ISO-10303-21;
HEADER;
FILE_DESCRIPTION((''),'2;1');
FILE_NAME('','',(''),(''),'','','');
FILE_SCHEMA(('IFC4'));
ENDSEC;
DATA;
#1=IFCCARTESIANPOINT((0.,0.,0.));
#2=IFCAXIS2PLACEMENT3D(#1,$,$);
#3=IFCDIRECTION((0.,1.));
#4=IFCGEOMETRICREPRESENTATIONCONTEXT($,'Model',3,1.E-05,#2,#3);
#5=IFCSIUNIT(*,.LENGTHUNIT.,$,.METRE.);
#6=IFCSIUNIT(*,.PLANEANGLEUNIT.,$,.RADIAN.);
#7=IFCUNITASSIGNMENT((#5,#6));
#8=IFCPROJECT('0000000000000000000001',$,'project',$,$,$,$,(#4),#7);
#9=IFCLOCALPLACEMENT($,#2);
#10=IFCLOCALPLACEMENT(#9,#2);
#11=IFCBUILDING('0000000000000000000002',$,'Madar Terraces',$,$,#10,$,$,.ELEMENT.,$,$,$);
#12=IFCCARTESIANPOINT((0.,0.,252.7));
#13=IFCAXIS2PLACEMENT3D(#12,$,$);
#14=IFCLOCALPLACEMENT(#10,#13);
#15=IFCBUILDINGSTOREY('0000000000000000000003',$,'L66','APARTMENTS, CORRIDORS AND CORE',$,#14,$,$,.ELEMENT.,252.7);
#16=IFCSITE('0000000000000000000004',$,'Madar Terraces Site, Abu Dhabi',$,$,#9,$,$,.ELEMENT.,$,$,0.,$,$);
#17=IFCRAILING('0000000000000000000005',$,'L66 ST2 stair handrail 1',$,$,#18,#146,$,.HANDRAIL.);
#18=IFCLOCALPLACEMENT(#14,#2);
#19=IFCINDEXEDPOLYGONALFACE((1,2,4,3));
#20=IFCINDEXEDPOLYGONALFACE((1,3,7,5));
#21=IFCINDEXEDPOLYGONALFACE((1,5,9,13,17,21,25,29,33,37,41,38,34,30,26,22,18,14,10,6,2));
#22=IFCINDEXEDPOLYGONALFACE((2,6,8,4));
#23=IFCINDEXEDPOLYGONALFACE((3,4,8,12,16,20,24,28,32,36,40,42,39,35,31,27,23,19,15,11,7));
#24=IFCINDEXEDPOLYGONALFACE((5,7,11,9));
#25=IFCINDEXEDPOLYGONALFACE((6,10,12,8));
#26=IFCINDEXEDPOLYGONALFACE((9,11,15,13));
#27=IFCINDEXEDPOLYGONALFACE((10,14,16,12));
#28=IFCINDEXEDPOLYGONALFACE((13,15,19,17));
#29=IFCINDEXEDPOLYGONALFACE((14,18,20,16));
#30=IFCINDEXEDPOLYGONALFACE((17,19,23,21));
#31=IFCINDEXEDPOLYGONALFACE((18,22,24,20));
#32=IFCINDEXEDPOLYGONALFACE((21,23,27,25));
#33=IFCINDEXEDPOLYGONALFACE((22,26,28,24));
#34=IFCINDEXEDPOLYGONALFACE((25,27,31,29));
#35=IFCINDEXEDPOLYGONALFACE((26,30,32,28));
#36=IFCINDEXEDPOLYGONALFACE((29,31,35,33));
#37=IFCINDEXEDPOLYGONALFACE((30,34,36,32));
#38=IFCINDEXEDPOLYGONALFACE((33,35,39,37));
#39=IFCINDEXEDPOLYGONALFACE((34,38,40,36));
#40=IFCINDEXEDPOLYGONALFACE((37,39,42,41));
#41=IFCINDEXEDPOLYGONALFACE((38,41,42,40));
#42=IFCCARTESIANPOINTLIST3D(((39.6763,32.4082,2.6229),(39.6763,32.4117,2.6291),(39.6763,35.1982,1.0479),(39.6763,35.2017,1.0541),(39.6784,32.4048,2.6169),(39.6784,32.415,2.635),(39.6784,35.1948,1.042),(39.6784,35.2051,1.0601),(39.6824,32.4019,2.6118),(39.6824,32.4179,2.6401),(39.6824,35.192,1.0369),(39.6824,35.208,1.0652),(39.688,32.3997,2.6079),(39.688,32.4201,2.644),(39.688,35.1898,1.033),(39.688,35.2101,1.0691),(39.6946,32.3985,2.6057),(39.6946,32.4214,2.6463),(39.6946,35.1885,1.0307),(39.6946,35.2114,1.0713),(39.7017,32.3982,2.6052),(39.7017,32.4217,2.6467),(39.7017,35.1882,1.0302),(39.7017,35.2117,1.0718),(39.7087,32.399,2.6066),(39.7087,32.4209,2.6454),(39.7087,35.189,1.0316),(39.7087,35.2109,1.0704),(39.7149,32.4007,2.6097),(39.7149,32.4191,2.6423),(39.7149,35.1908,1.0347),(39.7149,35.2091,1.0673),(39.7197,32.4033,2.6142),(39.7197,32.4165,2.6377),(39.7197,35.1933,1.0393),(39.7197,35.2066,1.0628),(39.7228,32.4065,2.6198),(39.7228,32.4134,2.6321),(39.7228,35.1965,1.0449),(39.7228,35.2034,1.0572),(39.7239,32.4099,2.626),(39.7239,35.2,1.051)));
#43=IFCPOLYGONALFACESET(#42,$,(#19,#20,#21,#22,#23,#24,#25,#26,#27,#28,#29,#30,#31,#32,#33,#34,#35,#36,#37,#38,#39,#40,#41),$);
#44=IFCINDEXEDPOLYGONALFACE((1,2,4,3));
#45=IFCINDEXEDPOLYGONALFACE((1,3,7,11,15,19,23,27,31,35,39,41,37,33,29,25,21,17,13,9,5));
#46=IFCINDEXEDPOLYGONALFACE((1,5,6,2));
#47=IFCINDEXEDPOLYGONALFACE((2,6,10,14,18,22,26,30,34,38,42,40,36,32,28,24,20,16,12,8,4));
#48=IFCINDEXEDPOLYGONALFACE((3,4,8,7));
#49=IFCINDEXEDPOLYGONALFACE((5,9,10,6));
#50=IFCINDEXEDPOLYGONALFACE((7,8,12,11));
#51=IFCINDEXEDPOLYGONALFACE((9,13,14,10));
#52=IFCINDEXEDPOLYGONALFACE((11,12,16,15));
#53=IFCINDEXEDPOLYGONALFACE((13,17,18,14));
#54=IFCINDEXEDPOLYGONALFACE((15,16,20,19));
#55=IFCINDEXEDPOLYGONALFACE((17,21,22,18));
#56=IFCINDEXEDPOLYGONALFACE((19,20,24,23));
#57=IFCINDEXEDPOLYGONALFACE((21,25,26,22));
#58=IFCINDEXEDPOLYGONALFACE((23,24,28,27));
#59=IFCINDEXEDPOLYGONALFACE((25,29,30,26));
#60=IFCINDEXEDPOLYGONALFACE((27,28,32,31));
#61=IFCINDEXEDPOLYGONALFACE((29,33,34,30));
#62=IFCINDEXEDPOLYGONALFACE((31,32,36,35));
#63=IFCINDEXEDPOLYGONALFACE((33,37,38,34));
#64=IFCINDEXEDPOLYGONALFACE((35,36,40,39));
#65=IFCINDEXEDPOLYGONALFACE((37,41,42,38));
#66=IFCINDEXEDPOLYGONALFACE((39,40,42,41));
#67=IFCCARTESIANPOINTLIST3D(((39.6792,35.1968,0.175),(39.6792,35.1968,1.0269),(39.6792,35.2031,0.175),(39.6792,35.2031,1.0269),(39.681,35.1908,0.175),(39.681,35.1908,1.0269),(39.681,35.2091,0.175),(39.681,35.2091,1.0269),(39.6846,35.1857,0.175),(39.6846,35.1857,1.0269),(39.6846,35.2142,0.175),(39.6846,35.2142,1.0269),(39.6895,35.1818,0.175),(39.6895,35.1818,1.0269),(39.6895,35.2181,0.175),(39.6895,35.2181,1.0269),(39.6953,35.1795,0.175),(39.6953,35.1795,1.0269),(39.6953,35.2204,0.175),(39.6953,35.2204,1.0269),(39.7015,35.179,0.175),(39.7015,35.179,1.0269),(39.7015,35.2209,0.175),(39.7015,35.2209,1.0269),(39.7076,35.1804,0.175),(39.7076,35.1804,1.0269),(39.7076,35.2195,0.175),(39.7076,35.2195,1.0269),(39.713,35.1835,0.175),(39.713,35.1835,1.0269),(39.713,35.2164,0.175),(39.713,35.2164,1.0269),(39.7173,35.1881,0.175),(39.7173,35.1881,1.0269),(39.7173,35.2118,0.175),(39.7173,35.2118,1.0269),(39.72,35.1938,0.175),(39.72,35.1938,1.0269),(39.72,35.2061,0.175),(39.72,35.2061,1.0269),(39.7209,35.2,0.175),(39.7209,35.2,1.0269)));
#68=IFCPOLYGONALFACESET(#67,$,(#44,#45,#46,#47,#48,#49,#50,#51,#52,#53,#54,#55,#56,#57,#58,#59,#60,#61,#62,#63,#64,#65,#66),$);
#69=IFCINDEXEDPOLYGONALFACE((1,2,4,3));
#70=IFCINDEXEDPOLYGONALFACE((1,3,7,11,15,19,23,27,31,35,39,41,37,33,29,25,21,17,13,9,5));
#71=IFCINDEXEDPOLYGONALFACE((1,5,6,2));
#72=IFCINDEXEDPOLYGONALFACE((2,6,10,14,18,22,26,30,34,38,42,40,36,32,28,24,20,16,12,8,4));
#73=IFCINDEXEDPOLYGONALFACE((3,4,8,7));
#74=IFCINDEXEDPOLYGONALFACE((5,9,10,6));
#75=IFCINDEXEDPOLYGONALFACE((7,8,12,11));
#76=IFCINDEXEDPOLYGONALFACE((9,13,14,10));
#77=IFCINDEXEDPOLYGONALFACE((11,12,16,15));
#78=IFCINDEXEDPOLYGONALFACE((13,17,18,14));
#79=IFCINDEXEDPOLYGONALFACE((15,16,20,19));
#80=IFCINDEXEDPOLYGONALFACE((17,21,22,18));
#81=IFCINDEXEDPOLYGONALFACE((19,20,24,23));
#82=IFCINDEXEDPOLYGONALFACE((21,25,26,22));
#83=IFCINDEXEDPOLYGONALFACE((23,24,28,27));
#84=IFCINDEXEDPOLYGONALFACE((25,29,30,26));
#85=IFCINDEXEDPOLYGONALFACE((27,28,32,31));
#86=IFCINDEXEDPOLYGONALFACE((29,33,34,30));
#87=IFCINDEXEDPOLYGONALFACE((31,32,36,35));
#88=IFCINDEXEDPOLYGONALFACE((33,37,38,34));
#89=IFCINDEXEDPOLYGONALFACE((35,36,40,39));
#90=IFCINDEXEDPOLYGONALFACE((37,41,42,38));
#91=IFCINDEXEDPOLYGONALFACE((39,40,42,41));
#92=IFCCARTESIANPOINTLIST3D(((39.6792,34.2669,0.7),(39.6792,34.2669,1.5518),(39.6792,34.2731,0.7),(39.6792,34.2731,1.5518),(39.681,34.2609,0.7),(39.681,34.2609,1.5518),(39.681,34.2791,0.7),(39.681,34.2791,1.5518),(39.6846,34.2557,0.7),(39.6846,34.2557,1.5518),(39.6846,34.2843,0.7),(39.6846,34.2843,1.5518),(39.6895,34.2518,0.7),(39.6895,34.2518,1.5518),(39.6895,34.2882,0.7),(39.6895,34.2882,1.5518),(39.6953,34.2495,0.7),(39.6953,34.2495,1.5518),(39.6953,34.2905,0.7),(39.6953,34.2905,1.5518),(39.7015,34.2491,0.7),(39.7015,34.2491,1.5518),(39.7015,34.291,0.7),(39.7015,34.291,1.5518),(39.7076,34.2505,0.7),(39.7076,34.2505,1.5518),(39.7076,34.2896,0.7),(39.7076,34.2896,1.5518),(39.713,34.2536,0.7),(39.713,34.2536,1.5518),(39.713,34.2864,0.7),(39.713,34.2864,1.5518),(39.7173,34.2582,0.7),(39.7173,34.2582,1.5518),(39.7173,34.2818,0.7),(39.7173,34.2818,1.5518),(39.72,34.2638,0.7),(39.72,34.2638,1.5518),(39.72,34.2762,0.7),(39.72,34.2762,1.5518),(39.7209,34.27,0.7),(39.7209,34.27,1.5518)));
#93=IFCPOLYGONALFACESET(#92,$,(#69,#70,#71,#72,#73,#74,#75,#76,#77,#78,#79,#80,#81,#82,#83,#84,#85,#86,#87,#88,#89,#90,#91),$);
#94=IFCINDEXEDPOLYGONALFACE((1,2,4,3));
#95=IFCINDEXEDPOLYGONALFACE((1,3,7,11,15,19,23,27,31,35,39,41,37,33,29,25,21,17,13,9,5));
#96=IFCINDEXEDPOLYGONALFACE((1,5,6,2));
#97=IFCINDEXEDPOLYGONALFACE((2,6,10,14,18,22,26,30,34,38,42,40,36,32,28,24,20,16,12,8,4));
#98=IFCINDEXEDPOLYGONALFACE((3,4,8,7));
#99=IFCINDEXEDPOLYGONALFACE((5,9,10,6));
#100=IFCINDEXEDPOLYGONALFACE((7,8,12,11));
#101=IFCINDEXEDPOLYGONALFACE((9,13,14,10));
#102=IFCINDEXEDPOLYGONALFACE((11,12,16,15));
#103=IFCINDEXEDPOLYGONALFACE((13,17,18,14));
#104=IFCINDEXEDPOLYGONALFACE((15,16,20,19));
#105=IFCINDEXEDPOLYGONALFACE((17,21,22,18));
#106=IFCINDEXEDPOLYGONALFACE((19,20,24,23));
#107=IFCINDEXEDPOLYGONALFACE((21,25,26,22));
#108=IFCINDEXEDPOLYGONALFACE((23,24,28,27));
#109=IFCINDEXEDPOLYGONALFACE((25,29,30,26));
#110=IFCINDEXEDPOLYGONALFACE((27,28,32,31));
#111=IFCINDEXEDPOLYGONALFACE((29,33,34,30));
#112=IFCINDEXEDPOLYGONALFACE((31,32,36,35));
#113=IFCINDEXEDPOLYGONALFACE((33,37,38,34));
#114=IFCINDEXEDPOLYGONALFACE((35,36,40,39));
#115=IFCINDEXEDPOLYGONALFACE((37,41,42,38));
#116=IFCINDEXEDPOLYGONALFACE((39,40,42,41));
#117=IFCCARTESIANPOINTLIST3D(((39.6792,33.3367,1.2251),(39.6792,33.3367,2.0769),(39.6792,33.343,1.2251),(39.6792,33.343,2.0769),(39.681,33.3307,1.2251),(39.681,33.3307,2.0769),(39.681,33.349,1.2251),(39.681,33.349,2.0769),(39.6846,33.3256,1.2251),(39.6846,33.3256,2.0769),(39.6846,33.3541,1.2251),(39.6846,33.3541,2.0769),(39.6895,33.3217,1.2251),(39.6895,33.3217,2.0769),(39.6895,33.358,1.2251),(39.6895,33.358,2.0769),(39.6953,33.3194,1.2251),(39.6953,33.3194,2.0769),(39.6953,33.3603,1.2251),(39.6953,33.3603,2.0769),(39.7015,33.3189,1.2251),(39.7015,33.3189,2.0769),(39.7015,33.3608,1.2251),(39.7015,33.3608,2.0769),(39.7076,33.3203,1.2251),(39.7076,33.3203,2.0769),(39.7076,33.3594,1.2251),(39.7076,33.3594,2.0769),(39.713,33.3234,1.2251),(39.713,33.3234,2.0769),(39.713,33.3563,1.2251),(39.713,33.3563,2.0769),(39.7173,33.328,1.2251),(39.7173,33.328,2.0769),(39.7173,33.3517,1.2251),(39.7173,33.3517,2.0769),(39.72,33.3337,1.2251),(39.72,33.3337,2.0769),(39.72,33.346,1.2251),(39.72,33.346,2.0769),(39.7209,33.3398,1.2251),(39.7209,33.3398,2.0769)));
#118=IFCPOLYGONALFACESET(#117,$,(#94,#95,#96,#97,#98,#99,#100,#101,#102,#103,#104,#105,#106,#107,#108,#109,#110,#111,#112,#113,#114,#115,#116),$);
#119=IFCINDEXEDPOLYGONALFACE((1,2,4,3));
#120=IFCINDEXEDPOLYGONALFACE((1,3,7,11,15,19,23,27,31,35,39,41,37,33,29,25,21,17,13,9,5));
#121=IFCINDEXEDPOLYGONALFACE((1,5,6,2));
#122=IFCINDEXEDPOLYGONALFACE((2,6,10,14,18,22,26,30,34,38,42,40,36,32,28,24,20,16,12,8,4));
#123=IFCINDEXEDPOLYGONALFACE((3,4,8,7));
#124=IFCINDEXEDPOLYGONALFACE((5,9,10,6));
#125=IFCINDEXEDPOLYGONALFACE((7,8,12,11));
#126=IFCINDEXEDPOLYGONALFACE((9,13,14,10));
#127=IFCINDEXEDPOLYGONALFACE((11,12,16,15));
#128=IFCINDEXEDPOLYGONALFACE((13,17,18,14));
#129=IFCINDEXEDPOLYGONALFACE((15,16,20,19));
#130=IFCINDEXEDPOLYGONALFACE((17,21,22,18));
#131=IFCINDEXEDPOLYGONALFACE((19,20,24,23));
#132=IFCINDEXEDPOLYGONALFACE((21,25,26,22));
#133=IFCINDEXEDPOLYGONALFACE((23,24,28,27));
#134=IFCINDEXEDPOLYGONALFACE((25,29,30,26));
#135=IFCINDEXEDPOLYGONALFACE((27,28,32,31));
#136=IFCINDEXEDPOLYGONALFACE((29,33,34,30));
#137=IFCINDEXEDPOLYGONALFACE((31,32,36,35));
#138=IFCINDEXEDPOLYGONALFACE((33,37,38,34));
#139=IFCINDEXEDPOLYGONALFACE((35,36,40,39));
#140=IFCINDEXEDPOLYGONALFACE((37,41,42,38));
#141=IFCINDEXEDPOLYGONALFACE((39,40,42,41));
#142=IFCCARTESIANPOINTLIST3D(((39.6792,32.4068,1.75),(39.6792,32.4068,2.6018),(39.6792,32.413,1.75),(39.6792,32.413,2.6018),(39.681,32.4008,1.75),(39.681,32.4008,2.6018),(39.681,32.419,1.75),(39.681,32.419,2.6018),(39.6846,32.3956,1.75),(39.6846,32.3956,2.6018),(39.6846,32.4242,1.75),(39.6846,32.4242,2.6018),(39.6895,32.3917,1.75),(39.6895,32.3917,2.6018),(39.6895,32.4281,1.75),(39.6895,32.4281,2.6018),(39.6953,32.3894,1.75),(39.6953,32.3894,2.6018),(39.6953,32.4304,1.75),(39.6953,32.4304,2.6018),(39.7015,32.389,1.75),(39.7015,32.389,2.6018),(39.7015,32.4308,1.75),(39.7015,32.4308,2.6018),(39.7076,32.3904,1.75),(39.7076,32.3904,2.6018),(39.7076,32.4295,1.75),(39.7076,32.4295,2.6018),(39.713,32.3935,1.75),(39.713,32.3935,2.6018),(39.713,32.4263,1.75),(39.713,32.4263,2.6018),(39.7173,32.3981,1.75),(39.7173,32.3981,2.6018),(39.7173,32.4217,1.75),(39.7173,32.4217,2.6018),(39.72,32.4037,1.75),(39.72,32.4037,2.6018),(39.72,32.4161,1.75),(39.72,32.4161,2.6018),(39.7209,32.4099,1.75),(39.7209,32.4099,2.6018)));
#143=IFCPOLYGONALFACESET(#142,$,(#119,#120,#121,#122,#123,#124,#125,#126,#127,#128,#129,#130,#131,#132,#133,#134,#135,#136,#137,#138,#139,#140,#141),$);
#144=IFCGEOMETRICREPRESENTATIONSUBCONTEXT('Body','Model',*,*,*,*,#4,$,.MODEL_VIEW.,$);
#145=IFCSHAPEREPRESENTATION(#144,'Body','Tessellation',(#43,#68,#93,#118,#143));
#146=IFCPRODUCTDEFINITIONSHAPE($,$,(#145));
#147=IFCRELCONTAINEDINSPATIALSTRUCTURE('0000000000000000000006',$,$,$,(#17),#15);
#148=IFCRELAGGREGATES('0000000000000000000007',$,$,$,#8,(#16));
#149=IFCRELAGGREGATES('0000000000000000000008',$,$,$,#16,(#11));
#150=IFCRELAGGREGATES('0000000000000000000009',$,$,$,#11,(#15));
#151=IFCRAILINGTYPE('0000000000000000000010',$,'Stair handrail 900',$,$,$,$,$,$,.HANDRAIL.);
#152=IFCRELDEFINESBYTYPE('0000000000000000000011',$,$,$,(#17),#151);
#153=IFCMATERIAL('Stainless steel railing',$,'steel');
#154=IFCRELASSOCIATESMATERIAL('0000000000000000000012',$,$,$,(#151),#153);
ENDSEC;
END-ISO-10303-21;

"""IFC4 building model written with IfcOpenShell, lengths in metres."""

from ifc_helpers import new_model, si_unit, direction, frame, origin, origin_2d, place, context, subcontext, project, spatial, circle, extrude, material, type_object, element, save


model = new_model("IFC4")

# Units and contexts
model_context = context("Model", 3, precision=1e-05, world=origin(), true_north=direction((0.0, 1.0)))
body_context = subcontext(model_context, "Body", "Model", "MODEL_VIEW")
ifc_project = project(units=[si_unit("LENGTHUNIT", "METRE"), si_unit("PLANEANGLEUNIT", "RADIAN")], contexts=[model_context])

# Site, building, storey
site_placement = place(None, origin())
site = spatial("IfcSite", under=ifc_project, at=site_placement, Name="Madar Terraces Site, Abu Dhabi", CompositionType="ELEMENT", RefElevation=0.0)
building_placement = place(site_placement, origin())
building = spatial("IfcBuilding", under=site, at=building_placement, Name="Madar Terraces", CompositionType="ELEMENT")
storey_placement = place(building_placement, frame((0.0, 0.0, 252.7)))
storey = spatial("IfcBuildingStorey", under=building, at=storey_placement, Name="L66", Description="APARTMENTS, CORRIDORS AND CORE", CompositionType="ELEMENT", Elevation=252.7)

# Railing
ifc_material_1 = material(Name="Stainless steel railing", Category="steel")
railing_type_1 = type_object("IfcRailingType", Name="Stair handrail 900", PredefinedType="HANDRAIL", material=ifc_material_1)
railing_1_placement = place(storey_placement, frame((39.7, 35.2, 0.175)))
element("IfcRailing", 1, at=railing_1_placement, inside=storey, type_object=railing_type_1, Name="L66 ST2 stair handrail 1", PredefinedType="HANDRAIL", context=body_context, shape_type="SweptSolid", body=[
    extrude(circle(Radius=0.0239, at=origin_2d()), frame((0.0, 0.0, 0.876), z_axis=(0.0, -0.870834, 0.491578), x_axis=(1.0, 0.0, 0.0)), (0.0, 0.0, 1.0), 3.2039),
    extrude(circle(Radius=0.021, at=origin_2d()), origin(), (0.0, 0.0, 1.0), 0.8518),
    extrude(circle(Radius=0.021, at=origin_2d()), frame((0.0, -0.9299, 0.5249)), (0.0, 0.0, 1.0), 0.8518),
    extrude(circle(Radius=0.021, at=origin_2d()), frame((0.0, -1.8601, 1.05)), (0.0, 0.0, 1.0), 0.8518),
    extrude(circle(Radius=0.021, at=origin_2d()), frame((0.0, -2.79, 1.575)), (0.0, 0.0, 1.0), 0.8518),
])

save(model, "model.ifc")
